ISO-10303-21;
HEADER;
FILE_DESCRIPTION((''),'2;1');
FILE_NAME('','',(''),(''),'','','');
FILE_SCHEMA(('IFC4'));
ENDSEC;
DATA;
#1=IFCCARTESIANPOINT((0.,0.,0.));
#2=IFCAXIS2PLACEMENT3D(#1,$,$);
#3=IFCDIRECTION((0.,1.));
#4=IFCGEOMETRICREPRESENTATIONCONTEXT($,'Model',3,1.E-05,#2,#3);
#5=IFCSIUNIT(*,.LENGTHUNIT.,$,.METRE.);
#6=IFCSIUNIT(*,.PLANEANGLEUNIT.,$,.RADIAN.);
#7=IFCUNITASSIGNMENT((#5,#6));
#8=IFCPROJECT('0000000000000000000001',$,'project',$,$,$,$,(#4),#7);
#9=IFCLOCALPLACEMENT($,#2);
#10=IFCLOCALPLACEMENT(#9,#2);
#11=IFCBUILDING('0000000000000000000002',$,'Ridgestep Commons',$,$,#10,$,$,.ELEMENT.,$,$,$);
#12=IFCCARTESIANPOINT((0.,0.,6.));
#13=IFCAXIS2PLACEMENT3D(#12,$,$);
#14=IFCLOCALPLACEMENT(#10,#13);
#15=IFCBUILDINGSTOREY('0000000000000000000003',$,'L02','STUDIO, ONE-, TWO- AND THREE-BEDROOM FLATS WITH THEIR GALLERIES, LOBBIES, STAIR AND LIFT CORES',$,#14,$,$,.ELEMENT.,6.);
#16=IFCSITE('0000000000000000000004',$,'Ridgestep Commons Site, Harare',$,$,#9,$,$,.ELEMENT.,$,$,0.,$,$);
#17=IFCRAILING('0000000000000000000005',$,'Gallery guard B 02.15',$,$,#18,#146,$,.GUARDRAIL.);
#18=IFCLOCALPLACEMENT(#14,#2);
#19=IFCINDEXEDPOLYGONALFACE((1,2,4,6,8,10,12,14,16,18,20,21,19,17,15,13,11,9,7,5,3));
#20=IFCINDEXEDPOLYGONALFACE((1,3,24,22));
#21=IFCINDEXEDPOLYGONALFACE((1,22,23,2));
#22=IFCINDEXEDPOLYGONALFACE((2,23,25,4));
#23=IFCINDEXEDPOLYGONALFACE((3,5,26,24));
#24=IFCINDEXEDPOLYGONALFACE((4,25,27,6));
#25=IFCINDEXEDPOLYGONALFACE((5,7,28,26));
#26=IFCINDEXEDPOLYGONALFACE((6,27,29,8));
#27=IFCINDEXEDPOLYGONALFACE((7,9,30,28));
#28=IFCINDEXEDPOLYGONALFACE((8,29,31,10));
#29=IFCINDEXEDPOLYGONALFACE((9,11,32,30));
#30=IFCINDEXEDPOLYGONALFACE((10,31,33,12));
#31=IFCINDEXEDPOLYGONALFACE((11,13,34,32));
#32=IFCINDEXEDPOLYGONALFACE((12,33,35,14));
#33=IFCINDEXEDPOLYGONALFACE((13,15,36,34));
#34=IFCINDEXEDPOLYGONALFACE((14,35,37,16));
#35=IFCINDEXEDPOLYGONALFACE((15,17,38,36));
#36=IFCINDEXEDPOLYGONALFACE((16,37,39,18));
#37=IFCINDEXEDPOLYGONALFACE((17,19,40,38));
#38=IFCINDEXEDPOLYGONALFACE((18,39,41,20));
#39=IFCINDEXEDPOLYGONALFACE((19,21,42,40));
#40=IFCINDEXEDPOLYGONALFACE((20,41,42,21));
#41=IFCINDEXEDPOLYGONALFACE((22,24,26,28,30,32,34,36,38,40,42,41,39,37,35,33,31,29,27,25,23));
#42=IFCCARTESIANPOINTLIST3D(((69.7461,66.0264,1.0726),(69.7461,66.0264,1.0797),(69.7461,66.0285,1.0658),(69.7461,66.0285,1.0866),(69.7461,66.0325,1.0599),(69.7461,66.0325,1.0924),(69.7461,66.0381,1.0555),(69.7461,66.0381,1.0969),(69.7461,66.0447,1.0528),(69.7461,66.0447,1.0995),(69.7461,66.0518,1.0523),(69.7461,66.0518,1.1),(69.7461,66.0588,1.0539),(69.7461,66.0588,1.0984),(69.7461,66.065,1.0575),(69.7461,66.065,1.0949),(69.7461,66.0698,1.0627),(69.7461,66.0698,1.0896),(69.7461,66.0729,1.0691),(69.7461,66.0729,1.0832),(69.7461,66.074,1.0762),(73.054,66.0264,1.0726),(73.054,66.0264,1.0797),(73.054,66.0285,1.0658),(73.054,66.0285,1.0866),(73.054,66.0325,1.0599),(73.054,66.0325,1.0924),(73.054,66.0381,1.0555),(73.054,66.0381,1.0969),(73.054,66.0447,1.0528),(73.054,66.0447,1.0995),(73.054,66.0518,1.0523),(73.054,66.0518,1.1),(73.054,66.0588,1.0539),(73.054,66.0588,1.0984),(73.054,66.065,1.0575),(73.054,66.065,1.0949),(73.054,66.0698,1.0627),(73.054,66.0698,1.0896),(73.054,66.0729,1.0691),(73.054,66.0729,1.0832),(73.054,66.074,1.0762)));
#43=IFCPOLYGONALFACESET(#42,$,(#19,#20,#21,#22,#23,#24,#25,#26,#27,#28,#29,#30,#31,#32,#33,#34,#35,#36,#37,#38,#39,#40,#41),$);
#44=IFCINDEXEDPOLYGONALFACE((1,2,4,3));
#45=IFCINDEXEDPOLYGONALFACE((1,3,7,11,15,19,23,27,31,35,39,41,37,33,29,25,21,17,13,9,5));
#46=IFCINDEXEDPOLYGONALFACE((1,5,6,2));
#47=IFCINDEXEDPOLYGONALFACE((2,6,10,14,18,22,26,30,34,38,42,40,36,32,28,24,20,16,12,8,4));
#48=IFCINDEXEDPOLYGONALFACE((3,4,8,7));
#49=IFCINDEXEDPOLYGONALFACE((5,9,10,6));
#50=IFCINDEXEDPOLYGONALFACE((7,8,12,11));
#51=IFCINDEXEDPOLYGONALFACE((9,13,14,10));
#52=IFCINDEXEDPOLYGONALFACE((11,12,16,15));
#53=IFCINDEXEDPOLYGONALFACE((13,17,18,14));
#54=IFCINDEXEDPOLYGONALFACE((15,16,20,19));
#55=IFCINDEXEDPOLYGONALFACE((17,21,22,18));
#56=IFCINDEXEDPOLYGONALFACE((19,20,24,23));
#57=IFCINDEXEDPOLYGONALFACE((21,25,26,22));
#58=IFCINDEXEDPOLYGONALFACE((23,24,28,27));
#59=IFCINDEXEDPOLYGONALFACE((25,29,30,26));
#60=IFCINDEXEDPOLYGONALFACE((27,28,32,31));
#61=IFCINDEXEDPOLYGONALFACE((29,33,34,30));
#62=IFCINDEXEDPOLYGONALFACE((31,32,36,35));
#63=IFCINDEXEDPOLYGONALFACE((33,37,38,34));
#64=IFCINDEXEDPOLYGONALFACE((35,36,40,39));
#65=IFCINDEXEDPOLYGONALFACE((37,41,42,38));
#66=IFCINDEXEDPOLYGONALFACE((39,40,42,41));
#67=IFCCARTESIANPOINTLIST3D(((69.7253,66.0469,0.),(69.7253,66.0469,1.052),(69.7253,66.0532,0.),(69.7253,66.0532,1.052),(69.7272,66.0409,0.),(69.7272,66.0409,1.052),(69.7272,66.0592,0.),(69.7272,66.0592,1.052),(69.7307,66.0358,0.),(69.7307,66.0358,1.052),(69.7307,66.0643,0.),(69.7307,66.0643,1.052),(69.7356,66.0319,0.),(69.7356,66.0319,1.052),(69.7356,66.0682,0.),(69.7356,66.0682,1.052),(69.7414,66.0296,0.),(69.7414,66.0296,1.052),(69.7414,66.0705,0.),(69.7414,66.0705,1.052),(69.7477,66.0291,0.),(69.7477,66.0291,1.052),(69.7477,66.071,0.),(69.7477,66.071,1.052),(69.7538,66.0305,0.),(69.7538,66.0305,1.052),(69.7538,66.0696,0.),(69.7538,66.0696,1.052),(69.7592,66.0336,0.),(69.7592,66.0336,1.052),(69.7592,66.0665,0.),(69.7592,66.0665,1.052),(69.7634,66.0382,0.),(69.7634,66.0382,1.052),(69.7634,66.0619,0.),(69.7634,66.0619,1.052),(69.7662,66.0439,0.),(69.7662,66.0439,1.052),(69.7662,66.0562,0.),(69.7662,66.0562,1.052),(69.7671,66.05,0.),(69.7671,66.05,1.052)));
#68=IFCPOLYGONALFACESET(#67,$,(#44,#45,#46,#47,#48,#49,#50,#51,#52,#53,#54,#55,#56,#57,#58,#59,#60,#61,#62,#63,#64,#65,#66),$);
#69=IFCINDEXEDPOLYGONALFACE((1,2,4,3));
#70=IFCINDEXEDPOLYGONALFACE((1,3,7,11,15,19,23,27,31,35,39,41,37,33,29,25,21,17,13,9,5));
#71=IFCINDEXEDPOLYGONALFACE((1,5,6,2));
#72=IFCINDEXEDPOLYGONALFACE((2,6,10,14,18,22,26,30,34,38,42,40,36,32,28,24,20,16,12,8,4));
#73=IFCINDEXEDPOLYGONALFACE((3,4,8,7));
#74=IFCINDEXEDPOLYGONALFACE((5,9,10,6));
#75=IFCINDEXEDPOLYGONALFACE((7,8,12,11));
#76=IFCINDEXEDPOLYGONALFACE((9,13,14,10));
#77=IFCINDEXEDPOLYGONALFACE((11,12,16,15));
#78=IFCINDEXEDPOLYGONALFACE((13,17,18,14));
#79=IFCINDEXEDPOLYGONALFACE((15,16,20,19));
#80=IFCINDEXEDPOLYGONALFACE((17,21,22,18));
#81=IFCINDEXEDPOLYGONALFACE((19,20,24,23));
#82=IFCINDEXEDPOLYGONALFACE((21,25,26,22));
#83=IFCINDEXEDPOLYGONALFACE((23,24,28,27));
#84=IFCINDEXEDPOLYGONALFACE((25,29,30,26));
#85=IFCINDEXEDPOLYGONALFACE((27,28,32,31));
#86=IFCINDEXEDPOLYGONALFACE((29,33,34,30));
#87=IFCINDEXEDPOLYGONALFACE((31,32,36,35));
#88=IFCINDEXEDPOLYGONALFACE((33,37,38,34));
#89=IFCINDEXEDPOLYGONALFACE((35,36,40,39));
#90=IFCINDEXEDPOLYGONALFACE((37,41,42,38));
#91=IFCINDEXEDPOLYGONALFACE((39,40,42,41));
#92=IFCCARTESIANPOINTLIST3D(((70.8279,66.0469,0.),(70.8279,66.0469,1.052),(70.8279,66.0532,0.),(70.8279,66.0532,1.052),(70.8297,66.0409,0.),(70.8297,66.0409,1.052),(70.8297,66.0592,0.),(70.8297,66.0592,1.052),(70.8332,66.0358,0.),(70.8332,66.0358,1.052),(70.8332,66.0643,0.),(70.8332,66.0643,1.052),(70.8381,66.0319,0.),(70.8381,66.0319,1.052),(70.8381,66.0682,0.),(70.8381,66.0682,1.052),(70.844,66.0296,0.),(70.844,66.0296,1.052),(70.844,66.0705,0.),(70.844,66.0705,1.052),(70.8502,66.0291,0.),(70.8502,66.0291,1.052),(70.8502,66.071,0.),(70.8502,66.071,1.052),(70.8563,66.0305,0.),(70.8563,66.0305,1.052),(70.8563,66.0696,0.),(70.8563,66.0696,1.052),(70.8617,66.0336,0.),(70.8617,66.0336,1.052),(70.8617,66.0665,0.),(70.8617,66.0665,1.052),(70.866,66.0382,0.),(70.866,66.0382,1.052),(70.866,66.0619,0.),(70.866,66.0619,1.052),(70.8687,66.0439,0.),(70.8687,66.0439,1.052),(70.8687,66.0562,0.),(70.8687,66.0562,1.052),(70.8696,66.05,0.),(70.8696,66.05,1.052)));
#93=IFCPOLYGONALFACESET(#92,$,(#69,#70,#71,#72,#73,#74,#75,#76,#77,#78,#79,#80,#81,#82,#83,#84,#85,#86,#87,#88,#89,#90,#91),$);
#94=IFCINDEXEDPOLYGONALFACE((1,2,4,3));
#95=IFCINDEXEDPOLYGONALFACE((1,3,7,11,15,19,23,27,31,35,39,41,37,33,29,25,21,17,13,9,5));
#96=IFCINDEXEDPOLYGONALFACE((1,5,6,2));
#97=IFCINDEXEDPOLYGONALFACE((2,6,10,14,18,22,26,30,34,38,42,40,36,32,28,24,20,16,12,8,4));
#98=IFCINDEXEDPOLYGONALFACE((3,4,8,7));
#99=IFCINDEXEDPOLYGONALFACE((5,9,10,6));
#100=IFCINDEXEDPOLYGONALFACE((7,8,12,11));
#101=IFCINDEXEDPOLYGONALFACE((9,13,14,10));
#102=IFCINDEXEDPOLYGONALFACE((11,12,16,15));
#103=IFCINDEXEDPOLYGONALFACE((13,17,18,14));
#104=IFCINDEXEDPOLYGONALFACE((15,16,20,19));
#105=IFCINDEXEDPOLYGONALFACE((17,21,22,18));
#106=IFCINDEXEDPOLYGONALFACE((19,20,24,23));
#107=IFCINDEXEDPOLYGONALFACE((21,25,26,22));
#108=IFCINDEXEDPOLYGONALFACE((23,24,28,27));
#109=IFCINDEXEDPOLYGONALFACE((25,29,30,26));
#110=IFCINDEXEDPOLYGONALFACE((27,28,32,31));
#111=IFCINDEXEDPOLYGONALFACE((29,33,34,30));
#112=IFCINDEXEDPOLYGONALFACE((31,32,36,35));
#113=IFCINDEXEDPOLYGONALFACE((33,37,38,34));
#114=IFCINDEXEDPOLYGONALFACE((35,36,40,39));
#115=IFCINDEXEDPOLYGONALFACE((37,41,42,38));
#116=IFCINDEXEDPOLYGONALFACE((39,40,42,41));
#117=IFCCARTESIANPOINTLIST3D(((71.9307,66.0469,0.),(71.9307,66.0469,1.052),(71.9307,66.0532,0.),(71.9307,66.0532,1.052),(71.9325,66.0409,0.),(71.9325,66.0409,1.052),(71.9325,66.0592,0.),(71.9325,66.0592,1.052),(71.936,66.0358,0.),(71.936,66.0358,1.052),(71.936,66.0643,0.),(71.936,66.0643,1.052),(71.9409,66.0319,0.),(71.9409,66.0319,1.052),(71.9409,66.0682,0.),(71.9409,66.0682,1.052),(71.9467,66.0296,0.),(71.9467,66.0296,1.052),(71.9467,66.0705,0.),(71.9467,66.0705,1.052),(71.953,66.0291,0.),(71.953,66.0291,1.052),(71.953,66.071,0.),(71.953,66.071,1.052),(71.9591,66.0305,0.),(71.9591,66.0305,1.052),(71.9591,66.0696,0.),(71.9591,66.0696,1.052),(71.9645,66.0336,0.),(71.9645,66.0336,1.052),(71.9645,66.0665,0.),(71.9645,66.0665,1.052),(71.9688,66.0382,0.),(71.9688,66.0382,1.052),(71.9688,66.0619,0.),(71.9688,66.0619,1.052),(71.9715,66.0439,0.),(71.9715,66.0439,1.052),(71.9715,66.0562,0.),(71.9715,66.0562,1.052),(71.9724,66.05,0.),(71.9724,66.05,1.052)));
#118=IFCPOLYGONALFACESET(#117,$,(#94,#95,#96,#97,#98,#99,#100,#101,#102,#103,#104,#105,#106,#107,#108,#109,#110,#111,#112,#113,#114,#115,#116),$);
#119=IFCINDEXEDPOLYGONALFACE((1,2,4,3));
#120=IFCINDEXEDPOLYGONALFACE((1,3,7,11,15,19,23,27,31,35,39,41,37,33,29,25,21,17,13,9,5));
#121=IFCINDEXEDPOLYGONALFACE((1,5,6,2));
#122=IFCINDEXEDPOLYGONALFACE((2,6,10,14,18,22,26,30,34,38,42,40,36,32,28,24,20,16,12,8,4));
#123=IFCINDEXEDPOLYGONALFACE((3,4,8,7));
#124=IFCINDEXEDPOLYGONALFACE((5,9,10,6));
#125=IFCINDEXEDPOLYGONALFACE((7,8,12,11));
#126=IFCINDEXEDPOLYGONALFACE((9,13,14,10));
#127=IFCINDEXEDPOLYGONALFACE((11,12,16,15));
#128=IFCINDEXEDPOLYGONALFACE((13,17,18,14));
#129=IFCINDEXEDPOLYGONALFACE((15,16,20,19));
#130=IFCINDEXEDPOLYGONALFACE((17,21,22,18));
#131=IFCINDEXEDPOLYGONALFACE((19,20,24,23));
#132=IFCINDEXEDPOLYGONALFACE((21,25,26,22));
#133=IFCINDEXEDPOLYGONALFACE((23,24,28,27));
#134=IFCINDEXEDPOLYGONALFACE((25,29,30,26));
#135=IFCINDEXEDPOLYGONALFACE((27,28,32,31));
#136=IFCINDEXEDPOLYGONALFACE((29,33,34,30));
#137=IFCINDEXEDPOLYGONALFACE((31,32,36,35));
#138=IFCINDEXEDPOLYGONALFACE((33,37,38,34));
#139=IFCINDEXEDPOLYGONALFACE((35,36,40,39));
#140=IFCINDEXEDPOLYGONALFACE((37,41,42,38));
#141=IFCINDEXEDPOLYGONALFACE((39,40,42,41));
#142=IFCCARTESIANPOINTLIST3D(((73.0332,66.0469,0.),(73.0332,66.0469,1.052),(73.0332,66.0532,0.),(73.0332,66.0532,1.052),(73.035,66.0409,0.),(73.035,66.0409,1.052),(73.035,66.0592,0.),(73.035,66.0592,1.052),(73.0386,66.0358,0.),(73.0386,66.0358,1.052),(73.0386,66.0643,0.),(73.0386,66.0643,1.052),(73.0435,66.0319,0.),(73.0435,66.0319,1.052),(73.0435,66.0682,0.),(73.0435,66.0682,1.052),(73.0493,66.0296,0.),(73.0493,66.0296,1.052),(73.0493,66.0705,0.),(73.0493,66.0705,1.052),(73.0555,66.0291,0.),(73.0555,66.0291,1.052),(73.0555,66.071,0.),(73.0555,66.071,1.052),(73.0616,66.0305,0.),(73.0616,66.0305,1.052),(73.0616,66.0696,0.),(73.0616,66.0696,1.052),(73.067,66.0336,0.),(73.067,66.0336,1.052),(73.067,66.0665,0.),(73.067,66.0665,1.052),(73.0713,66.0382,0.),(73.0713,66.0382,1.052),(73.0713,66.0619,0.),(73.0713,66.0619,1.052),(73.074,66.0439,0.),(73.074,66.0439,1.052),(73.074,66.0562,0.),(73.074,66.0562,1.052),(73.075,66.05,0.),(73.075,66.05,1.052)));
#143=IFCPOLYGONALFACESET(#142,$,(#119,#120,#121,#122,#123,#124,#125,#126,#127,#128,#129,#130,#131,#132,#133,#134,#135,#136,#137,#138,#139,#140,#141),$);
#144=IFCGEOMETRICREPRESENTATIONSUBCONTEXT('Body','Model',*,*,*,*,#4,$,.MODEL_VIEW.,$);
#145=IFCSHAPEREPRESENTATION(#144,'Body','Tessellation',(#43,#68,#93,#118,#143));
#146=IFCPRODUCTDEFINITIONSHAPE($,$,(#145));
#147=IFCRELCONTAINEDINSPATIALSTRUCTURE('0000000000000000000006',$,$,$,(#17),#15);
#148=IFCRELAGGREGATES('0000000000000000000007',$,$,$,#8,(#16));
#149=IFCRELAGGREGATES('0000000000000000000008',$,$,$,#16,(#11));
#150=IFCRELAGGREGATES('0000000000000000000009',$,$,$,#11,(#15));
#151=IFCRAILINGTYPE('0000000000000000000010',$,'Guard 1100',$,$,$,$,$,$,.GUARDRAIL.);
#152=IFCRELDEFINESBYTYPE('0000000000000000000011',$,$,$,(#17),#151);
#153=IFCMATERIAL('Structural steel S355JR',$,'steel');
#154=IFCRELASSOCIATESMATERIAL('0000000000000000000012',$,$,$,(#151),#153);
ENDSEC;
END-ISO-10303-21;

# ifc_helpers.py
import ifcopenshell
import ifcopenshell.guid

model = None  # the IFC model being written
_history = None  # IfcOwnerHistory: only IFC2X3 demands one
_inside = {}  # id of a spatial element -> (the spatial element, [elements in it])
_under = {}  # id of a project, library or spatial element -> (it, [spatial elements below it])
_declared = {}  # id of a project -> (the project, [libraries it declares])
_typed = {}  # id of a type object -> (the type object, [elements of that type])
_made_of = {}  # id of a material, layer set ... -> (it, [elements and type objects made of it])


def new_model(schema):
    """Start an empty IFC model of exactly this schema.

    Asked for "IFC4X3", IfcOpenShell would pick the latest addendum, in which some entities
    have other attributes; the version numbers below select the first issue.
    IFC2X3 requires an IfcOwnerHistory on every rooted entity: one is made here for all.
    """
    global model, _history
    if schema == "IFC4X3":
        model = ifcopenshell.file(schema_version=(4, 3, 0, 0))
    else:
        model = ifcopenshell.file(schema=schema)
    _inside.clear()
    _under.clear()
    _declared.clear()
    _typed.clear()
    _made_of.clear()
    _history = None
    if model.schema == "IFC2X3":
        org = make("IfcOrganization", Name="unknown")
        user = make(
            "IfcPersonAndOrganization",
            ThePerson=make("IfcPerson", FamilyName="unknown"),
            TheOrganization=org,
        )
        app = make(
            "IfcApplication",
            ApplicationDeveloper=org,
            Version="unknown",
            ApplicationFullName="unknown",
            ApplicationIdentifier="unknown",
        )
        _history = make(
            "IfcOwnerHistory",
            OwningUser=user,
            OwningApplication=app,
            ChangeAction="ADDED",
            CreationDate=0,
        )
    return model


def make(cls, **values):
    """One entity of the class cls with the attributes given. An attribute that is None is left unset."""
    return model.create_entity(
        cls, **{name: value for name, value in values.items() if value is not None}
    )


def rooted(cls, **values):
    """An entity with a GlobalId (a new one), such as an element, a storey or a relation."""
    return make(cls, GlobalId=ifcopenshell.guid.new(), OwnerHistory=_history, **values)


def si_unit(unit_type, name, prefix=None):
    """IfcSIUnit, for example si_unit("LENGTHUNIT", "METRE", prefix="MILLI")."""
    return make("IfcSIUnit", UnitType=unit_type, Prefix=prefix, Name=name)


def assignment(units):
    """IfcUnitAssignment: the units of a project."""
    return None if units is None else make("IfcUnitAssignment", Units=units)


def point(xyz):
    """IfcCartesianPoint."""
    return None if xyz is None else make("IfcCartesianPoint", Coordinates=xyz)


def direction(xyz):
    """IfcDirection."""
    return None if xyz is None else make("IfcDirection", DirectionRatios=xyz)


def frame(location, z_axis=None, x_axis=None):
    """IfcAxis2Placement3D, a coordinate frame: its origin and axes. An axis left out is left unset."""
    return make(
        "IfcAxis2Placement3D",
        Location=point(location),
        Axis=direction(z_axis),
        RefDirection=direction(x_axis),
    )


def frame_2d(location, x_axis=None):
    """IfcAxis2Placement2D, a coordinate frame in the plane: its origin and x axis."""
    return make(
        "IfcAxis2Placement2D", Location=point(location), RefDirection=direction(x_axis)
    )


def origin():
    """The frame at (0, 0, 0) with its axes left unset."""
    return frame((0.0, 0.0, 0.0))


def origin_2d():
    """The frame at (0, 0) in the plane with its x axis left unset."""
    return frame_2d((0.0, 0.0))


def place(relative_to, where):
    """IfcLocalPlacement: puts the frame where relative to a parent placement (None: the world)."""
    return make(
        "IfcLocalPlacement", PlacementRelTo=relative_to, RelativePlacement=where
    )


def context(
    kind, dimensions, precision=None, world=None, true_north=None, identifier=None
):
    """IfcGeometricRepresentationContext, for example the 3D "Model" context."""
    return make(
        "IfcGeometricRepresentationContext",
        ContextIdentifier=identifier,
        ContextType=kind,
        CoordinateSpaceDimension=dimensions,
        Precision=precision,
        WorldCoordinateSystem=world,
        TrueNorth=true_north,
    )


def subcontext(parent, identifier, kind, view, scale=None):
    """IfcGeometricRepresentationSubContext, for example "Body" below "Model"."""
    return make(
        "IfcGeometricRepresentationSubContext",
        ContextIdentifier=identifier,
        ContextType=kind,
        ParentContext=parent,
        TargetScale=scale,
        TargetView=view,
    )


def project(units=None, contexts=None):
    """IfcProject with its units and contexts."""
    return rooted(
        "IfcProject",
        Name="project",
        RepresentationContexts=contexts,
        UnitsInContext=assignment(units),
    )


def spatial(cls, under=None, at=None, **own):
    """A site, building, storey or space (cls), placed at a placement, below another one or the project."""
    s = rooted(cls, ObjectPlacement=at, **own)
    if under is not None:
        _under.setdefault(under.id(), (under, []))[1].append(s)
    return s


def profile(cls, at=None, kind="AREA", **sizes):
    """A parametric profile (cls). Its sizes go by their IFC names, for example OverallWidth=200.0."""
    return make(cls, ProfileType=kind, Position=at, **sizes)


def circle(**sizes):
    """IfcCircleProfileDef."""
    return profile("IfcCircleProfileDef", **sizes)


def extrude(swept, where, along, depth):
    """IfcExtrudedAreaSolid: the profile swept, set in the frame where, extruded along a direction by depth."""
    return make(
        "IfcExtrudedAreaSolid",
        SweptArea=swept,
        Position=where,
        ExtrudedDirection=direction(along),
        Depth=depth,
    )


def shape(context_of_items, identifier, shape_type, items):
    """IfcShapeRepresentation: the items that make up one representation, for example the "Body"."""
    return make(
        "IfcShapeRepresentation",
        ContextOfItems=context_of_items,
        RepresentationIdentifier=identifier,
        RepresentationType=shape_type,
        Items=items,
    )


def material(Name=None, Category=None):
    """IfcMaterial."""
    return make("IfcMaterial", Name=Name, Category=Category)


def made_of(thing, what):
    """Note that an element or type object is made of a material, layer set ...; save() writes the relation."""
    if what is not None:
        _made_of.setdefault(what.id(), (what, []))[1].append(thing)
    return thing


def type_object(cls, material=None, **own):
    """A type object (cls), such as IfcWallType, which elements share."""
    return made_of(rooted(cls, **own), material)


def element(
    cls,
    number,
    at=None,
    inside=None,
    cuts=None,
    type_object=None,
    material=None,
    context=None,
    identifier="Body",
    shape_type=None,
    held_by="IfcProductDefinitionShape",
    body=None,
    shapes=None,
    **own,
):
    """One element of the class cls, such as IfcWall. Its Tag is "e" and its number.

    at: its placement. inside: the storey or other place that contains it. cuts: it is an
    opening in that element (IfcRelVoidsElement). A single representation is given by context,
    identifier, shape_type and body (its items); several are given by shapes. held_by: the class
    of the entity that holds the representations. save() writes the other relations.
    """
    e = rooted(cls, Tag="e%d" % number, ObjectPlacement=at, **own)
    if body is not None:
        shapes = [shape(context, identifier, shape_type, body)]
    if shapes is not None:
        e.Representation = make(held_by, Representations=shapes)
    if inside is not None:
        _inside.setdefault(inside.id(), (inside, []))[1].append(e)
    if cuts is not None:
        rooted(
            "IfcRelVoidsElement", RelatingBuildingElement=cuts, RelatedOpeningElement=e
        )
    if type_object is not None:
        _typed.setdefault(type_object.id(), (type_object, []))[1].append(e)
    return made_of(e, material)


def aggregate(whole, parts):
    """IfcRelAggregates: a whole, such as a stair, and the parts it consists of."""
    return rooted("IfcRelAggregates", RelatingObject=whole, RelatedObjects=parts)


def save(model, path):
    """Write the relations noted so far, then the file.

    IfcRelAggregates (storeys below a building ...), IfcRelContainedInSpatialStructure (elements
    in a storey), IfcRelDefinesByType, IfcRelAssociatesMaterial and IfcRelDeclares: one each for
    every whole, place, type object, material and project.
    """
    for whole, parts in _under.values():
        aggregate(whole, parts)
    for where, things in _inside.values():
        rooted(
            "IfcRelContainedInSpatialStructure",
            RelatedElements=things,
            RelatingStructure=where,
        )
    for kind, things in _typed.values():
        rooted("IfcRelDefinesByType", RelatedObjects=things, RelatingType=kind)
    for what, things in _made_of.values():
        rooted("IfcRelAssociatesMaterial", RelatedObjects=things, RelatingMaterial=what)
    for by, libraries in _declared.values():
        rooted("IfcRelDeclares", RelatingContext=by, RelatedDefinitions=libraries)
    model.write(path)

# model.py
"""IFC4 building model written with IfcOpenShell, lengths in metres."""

from ifc_helpers import new_model, si_unit, direction, frame, origin, origin_2d, place, context, subcontext, project, spatial, circle, extrude, material, type_object, element, save


model = new_model("IFC4")

# Units and contexts
model_context = context("Model", 3, precision=1e-05, world=origin(), true_north=direction((0.0, 1.0)))
body_context = subcontext(model_context, "Body", "Model", "MODEL_VIEW")
ifc_project = project(units=[si_unit("LENGTHUNIT", "METRE"), si_unit("PLANEANGLEUNIT", "RADIAN")], contexts=[model_context])

# Site, building, storey
site_placement = place(None, origin())
site = spatial("IfcSite", under=ifc_project, at=site_placement, Name="Ridgestep Commons Site, Harare", CompositionType="ELEMENT", RefElevation=0.0)
building_placement = place(site_placement, origin())
building = spatial("IfcBuilding", under=site, at=building_placement, Name="Ridgestep Commons", CompositionType="ELEMENT")
storey_placement = place(building_placement, frame((0.0, 0.0, 6.0)))
storey = spatial("IfcBuildingStorey", under=building, at=storey_placement, Name="L02", Description="STUDIO, ONE-, TWO- AND THREE-BEDROOM FLATS WITH THEIR GALLERIES, LOBBIES, STAIR AND LIFT CORES", CompositionType="ELEMENT", Elevation=6.0)

# Railing
ifc_material_1 = material(Name="Structural steel S355JR", Category="steel")
railing_type = type_object("IfcRailingType", Name="Guard 1100", PredefinedType="GUARDRAIL", material=ifc_material_1)
railing_1_placement = place(storey_placement, frame((69.7461, 66.05, 0.0)))
element("IfcRailing", 1, at=railing_1_placement, inside=storey, type_object=railing_type, Name="Gallery guard B 02.15", PredefinedType="GUARDRAIL", context=body_context, shape_type="SweptSolid", body=[
    extrude(circle(Radius=0.0239, at=origin_2d()), frame((0.0, 0.0, 1.0762), z_axis=(1.0, 0.0, 0.0), x_axis=(0.0, 1.0, 0.0)), (0.0, 0.0, 1.0), 3.3079),
    extrude(circle(Radius=0.021, at=origin_2d()), origin(), (0.0, 0.0, 1.0), 1.052),
    extrude(circle(Radius=0.021, at=origin_2d()), frame((1.1025, 0.0, 0.0)), (0.0, 0.0, 1.0), 1.052),
    extrude(circle(Radius=0.021, at=origin_2d()), frame((2.2053, 0.0, 0.0)), (0.0, 0.0, 1.0), 1.052),
    extrude(circle(Radius=0.021, at=origin_2d()), frame((3.3079, 0.0, 0.0)), (0.0, 0.0, 1.0), 1.052),
])

save(model, "model.ifc")
